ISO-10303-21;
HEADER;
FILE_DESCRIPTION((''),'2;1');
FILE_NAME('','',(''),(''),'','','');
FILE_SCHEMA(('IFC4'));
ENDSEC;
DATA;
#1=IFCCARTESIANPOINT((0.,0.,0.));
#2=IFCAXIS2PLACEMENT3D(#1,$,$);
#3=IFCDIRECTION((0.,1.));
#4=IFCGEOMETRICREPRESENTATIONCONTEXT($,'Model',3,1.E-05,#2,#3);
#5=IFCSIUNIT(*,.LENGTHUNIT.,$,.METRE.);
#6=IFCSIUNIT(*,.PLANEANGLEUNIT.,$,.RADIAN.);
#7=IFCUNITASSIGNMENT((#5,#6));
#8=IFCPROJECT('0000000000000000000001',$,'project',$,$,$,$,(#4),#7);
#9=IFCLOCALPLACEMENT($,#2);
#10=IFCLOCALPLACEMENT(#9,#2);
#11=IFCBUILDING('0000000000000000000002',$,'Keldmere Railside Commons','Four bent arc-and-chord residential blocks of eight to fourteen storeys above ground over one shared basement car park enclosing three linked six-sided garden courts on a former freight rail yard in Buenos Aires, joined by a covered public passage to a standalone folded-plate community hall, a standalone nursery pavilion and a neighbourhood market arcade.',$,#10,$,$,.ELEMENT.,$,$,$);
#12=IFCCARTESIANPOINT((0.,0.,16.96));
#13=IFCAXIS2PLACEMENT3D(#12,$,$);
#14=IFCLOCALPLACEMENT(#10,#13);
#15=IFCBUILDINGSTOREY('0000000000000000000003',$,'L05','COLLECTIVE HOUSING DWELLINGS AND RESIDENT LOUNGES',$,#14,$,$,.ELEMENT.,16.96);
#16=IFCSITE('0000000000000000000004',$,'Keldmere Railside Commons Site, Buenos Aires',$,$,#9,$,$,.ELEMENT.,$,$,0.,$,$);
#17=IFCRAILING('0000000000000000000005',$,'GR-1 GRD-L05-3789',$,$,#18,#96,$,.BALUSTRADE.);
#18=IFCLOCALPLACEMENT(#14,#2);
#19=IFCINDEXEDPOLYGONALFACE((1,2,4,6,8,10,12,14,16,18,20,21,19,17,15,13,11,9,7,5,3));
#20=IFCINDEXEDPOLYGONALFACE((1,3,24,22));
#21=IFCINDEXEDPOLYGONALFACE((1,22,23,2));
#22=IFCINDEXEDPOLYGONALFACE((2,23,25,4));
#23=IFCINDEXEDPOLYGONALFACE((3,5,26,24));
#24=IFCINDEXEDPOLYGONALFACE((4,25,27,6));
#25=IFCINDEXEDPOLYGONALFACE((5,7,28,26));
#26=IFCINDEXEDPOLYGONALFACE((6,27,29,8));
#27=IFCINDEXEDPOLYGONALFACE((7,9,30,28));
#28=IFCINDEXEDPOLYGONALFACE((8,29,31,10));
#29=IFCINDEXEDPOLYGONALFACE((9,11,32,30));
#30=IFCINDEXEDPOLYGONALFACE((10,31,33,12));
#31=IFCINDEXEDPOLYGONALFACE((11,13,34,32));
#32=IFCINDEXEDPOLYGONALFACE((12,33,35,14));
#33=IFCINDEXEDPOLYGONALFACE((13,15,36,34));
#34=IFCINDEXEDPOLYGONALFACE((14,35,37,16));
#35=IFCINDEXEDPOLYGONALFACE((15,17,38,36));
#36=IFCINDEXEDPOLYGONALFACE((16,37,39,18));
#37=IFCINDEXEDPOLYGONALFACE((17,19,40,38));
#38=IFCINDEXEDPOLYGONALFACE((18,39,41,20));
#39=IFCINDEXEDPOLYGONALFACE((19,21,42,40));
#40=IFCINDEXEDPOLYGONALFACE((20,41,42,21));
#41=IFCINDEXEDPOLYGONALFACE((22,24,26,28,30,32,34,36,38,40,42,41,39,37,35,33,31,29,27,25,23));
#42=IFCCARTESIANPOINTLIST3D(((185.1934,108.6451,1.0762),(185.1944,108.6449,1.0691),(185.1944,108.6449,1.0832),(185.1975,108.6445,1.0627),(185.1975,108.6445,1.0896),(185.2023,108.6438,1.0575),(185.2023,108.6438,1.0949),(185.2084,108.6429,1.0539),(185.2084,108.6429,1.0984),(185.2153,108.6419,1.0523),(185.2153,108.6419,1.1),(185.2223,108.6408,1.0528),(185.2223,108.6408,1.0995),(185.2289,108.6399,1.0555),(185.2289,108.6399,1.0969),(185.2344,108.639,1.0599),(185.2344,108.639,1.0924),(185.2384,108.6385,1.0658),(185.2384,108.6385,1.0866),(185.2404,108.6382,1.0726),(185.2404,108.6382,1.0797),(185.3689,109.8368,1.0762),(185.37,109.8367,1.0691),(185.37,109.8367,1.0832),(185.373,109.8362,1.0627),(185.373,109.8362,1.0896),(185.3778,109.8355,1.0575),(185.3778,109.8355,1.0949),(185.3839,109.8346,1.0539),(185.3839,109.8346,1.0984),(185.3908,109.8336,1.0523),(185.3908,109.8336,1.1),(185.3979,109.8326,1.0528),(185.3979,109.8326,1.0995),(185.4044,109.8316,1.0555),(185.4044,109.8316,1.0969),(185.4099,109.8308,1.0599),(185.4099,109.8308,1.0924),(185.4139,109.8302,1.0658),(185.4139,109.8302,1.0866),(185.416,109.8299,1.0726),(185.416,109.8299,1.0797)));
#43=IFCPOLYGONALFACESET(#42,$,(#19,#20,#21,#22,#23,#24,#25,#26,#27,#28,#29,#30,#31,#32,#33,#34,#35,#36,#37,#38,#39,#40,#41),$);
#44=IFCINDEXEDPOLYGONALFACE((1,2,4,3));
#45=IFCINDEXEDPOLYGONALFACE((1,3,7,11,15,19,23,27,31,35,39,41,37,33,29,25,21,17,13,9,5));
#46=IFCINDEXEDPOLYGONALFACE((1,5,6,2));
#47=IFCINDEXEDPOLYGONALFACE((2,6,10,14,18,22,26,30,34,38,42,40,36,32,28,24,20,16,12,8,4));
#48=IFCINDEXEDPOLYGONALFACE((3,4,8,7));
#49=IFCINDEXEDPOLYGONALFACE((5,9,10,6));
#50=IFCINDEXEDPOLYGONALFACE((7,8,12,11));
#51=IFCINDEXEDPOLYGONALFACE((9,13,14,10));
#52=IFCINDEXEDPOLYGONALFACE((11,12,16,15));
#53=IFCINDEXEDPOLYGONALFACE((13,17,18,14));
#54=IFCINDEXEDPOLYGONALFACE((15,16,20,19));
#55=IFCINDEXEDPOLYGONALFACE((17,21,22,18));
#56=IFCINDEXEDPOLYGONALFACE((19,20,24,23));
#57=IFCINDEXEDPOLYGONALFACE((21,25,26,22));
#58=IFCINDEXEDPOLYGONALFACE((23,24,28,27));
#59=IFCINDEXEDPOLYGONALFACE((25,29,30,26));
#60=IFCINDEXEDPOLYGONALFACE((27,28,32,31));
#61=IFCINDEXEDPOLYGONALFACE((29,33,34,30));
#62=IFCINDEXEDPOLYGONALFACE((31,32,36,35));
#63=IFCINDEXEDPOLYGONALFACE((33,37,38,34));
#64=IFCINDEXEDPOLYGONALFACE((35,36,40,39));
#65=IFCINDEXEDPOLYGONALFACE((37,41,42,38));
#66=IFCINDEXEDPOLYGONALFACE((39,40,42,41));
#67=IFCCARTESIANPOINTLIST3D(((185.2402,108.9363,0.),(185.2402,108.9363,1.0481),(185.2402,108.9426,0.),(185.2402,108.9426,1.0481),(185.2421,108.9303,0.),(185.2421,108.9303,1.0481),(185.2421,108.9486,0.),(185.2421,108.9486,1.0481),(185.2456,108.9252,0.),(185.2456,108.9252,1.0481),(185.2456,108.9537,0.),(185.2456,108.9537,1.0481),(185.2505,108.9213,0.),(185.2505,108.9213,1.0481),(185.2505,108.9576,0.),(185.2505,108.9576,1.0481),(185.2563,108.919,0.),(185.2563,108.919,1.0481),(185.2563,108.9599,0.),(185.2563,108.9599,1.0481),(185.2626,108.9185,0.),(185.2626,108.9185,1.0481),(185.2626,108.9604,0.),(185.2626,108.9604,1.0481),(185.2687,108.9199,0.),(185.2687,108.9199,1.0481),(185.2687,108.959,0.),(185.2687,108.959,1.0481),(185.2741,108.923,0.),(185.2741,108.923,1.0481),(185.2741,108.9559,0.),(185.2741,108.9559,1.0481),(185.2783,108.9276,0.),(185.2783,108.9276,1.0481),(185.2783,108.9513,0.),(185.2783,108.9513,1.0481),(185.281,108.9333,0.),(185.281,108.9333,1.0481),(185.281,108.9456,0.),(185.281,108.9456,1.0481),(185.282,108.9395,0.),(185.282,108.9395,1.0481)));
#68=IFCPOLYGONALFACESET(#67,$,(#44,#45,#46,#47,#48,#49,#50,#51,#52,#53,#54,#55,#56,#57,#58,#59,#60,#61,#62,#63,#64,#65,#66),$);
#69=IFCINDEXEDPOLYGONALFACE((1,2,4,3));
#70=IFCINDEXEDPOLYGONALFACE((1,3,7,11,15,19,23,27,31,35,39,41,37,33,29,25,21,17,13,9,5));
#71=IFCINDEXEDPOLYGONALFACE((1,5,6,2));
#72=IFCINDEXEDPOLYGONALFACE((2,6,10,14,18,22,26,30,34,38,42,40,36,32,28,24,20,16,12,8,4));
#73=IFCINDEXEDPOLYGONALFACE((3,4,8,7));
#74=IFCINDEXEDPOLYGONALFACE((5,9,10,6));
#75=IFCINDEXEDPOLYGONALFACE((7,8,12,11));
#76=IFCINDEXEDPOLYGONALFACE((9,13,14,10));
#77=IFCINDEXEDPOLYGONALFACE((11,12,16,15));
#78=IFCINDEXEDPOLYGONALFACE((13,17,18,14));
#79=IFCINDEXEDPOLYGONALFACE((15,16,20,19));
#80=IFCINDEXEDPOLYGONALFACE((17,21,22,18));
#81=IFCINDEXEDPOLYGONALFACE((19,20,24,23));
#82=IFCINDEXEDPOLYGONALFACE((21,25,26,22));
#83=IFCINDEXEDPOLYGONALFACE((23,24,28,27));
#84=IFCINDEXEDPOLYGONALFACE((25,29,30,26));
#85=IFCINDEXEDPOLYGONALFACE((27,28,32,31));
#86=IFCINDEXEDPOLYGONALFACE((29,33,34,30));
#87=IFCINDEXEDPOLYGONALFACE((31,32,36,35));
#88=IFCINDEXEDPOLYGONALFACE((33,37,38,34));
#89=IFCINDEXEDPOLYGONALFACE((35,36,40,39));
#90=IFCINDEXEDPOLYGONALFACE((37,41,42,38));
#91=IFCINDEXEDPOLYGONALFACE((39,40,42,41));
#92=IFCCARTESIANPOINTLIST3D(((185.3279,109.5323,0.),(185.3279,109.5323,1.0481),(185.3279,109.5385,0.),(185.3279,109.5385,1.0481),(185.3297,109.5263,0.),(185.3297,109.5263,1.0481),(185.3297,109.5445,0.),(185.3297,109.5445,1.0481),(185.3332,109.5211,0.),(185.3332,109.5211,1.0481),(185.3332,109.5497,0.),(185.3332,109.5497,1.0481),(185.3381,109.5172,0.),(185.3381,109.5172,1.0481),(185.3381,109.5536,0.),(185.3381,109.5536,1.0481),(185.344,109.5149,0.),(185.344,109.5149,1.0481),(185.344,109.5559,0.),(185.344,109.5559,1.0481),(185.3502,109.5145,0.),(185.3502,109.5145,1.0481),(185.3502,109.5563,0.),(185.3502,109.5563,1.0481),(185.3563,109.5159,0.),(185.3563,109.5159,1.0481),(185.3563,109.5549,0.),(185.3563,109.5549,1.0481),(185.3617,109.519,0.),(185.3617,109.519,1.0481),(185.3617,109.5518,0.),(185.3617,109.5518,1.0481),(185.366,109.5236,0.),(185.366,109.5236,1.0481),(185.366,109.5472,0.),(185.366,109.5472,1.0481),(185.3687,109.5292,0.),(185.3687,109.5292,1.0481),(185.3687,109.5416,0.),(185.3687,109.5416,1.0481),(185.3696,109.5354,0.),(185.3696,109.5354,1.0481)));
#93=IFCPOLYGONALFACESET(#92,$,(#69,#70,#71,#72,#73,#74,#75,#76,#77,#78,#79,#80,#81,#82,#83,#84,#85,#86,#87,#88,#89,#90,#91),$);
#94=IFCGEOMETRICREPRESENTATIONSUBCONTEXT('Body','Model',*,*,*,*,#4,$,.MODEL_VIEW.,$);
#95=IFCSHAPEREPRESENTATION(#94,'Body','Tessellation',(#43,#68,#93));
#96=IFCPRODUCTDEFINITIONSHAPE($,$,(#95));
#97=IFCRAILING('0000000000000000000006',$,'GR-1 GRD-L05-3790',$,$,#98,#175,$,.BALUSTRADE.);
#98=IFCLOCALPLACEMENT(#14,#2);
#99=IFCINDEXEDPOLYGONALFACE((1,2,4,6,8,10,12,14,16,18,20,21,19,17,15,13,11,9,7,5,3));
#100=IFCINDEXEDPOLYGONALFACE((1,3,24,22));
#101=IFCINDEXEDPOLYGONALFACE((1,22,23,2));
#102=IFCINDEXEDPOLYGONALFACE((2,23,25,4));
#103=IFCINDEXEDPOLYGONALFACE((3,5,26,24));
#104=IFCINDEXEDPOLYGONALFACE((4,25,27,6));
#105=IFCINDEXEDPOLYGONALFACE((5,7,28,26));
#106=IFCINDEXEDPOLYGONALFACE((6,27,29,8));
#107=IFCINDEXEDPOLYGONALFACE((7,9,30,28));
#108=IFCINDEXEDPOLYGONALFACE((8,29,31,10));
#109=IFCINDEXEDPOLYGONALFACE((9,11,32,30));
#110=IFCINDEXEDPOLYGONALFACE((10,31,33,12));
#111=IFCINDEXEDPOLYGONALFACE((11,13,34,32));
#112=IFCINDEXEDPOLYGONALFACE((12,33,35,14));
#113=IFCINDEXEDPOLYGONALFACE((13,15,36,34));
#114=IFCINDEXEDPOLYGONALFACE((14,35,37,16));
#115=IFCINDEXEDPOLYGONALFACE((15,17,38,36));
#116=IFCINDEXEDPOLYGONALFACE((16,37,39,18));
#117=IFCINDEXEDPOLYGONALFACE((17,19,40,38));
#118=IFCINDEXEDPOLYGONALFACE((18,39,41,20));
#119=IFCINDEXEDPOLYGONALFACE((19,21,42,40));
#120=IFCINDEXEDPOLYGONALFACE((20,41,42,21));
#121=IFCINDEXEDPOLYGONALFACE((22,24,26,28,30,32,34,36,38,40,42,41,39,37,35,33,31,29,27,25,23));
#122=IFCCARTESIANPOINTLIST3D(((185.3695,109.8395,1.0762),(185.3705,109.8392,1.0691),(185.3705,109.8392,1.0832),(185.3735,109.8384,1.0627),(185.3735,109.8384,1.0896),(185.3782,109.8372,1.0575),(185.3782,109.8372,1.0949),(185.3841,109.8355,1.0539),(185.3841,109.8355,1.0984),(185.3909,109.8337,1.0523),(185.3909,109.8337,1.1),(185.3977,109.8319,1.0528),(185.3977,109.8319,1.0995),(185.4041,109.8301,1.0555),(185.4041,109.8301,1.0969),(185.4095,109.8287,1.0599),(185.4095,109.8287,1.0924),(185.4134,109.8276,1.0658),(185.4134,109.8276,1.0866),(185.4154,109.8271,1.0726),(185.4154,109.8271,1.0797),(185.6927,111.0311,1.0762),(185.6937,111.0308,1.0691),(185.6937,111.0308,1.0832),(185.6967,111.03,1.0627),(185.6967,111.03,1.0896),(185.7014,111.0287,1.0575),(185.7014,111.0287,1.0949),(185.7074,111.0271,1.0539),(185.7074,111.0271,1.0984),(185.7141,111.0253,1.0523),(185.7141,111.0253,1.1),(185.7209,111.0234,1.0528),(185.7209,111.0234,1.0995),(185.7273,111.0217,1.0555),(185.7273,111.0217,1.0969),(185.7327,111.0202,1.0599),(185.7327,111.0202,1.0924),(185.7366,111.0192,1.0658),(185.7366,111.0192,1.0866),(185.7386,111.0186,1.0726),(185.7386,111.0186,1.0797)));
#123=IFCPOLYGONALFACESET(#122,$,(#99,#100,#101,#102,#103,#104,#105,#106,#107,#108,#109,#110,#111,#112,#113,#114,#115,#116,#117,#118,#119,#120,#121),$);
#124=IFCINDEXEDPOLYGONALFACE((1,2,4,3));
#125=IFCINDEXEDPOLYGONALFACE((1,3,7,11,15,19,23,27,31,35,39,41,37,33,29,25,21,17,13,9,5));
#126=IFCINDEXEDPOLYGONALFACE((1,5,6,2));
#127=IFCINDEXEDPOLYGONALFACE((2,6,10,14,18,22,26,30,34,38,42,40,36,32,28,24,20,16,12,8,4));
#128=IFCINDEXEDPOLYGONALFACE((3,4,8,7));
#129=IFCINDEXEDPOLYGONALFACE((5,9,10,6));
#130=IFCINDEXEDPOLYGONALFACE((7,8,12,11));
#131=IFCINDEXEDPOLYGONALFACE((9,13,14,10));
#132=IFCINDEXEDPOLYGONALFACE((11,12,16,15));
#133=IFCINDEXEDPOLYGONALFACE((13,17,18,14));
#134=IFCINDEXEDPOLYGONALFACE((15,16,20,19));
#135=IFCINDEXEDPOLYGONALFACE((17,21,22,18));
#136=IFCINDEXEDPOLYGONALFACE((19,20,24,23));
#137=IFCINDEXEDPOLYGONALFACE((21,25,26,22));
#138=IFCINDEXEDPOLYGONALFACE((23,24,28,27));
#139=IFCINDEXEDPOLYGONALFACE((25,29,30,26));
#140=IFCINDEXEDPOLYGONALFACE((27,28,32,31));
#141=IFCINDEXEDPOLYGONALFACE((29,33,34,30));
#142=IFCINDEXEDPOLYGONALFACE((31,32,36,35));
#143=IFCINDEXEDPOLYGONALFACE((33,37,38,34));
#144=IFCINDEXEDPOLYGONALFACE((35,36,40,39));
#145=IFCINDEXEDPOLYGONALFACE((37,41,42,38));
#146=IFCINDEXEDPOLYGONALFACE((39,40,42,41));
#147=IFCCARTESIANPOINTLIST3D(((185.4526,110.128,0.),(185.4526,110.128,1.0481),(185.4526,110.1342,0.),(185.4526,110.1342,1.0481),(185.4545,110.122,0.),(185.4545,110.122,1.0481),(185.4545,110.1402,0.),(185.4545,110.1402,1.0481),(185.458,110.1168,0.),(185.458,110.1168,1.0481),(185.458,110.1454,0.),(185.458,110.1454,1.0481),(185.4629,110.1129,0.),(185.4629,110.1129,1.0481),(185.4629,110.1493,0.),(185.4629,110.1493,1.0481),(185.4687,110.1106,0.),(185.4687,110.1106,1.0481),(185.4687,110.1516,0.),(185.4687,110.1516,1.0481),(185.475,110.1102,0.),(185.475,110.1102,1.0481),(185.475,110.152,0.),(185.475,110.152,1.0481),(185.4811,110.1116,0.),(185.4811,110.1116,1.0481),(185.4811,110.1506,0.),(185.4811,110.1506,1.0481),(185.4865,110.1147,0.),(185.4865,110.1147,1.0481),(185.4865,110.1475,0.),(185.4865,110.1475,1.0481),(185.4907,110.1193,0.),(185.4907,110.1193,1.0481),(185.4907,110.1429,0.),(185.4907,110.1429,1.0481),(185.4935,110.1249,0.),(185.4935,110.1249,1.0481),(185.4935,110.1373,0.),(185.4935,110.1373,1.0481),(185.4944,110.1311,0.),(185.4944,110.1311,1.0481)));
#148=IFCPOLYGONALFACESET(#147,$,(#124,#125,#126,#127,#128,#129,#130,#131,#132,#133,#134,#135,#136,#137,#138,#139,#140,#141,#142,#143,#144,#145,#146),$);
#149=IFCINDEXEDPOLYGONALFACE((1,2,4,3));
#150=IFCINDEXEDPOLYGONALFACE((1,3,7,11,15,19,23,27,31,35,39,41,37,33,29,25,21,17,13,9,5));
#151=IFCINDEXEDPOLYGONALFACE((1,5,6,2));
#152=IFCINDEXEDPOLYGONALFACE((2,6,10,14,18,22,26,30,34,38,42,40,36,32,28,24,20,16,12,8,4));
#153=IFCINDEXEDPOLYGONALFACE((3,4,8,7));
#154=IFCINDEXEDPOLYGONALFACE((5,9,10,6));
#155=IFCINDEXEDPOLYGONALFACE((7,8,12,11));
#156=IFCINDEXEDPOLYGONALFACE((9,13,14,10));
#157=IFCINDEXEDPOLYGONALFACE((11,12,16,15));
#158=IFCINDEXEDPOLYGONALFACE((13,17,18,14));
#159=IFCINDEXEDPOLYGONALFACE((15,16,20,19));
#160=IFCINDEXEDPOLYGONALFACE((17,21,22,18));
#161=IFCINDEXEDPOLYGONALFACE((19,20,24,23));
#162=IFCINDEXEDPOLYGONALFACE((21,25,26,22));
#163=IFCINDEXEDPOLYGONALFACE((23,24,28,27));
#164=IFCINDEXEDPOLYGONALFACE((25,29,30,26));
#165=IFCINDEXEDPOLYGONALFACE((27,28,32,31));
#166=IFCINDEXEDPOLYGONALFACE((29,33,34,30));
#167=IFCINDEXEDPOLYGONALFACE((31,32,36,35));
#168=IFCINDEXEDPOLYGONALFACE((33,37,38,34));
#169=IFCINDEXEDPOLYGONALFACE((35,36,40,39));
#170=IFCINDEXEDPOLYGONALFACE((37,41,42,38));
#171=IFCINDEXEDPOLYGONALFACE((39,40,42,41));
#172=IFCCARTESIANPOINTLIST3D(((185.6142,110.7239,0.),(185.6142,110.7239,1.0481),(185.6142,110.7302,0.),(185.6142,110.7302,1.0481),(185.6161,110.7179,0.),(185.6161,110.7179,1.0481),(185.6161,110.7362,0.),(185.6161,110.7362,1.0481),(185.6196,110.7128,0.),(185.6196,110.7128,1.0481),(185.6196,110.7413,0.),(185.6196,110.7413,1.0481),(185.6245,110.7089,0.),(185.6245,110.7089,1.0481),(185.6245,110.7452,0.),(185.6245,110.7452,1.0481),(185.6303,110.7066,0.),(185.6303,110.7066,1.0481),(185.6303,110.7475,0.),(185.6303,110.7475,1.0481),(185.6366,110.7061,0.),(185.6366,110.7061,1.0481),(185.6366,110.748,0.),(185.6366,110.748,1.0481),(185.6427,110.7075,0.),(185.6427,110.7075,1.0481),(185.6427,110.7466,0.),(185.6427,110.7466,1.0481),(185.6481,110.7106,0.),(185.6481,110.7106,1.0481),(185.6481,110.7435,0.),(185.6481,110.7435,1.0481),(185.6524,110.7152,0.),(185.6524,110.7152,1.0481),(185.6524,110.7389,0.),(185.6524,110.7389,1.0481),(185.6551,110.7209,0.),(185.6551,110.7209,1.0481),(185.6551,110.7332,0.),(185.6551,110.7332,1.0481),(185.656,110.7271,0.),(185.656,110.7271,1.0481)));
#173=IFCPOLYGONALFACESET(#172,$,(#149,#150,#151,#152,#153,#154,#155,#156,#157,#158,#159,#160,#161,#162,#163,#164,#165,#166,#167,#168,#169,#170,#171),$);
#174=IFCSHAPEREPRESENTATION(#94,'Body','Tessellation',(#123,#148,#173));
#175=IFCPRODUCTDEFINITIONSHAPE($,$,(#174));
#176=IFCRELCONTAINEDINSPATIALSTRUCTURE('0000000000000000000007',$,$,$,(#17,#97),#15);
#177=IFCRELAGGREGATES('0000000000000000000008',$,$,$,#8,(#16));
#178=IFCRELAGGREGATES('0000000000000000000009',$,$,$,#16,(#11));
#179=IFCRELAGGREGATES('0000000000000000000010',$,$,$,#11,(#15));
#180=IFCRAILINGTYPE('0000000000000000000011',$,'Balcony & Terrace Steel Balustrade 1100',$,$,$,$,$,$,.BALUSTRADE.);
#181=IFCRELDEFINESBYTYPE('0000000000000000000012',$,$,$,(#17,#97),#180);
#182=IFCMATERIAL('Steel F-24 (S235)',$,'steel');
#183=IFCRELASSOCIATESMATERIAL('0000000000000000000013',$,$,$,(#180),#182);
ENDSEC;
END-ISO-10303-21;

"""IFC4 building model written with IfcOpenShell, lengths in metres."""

from ifc_helpers import new_model, si_unit, direction, frame, origin, origin_2d, place, context, subcontext, project, spatial, circle, extrude, material, type_object, element, save


model = new_model("IFC4")

# Units and contexts
model_context = context("Model", 3, precision=1e-05, world=origin(), true_north=direction((0.0, 1.0)))
body_context = subcontext(model_context, "Body", "Model", "MODEL_VIEW")
ifc_project = project(units=[si_unit("LENGTHUNIT", "METRE"), si_unit("PLANEANGLEUNIT", "RADIAN")], contexts=[model_context])

# Site, building, storey
site_placement = place(None, origin())
site = spatial("IfcSite", under=ifc_project, at=site_placement, Name="Keldmere Railside Commons Site, Buenos Aires", CompositionType="ELEMENT", RefElevation=0.0)
building_placement = place(site_placement, origin())
building = spatial("IfcBuilding", under=site, at=building_placement, Name="Keldmere Railside Commons", Description="Four bent arc-and-chord residential blocks of eight to fourteen storeys above ground over one shared basement car park enclosing three linked six-sided garden courts on a former freight rail yard in Buenos Aires, joined by a covered public passage to a standalone folded-plate community hall, a standalone nursery pavilion and a neighbourhood market arcade.", CompositionType="ELEMENT")
storey_placement = place(building_placement, frame((0.0, 0.0, 16.96)))
storey = spatial("IfcBuildingStorey", under=building, at=storey_placement, Name="L05", Description="COLLECTIVE HOUSING DWELLINGS AND RESIDENT LOUNGES", CompositionType="ELEMENT", Elevation=16.96)

# Railings
ifc_material_1 = material(Name="Steel F-24 (S235)", Category="steel")
railing_type = type_object("IfcRailingType", Name="Balcony & Terrace Steel Balustrade 1100", PredefinedType="BALUSTRADE", material=ifc_material_1)
railing_1_placement = place(storey_placement, frame((185.217, 108.6416, 0.0)))
element("IfcRailing", 1, at=railing_1_placement, inside=storey, type_object=railing_type, Name="GR-1 GRD-L05-3789", PredefinedType="BALUSTRADE", context=body_context, shape_type="SweptSolid", body=[
    extrude(circle(Radius=0.0239, at=origin_2d()), frame((0.0, 0.0, 1.0762), z_axis=(0.145733, 0.989324, 0.0), x_axis=(-0.989324, 0.145733, 0.0)), (0.0, 0.0, 1.0), 1.2046),
    extrude(circle(Radius=0.021, at=origin_2d()), frame((0.0439, 0.2979, 0.0)), (0.0, 0.0, 1.0), 1.0481),
    extrude(circle(Radius=0.021, at=origin_2d()), frame((0.1316, 0.8938, 0.0)), (0.0, 0.0, 1.0), 1.0481),
])
railing_2_placement = place(storey_placement, frame((185.3926, 109.8333, 0.0)))
element("IfcRailing", 2, at=railing_2_placement, inside=storey, type_object=railing_type, Name="GR-1 GRD-L05-3790", PredefinedType="BALUSTRADE", context=body_context, shape_type="SweptSolid", body=[
    extrude(circle(Radius=0.0239, at=origin_2d()), frame((0.0, 0.0, 1.0762), z_axis=(0.261795, 0.965123, 0.0), x_axis=(-0.965123, 0.261795, 0.0)), (0.0, 0.0, 1.0), 1.2346),
    extrude(circle(Radius=0.021, at=origin_2d()), frame((0.0808, 0.2979, 0.0)), (0.0, 0.0, 1.0), 1.0481),
    extrude(circle(Radius=0.021, at=origin_2d()), frame((0.2424, 0.8938, 0.0)), (0.0, 0.0, 1.0), 1.0481),
])

save(model, "model.ifc")
